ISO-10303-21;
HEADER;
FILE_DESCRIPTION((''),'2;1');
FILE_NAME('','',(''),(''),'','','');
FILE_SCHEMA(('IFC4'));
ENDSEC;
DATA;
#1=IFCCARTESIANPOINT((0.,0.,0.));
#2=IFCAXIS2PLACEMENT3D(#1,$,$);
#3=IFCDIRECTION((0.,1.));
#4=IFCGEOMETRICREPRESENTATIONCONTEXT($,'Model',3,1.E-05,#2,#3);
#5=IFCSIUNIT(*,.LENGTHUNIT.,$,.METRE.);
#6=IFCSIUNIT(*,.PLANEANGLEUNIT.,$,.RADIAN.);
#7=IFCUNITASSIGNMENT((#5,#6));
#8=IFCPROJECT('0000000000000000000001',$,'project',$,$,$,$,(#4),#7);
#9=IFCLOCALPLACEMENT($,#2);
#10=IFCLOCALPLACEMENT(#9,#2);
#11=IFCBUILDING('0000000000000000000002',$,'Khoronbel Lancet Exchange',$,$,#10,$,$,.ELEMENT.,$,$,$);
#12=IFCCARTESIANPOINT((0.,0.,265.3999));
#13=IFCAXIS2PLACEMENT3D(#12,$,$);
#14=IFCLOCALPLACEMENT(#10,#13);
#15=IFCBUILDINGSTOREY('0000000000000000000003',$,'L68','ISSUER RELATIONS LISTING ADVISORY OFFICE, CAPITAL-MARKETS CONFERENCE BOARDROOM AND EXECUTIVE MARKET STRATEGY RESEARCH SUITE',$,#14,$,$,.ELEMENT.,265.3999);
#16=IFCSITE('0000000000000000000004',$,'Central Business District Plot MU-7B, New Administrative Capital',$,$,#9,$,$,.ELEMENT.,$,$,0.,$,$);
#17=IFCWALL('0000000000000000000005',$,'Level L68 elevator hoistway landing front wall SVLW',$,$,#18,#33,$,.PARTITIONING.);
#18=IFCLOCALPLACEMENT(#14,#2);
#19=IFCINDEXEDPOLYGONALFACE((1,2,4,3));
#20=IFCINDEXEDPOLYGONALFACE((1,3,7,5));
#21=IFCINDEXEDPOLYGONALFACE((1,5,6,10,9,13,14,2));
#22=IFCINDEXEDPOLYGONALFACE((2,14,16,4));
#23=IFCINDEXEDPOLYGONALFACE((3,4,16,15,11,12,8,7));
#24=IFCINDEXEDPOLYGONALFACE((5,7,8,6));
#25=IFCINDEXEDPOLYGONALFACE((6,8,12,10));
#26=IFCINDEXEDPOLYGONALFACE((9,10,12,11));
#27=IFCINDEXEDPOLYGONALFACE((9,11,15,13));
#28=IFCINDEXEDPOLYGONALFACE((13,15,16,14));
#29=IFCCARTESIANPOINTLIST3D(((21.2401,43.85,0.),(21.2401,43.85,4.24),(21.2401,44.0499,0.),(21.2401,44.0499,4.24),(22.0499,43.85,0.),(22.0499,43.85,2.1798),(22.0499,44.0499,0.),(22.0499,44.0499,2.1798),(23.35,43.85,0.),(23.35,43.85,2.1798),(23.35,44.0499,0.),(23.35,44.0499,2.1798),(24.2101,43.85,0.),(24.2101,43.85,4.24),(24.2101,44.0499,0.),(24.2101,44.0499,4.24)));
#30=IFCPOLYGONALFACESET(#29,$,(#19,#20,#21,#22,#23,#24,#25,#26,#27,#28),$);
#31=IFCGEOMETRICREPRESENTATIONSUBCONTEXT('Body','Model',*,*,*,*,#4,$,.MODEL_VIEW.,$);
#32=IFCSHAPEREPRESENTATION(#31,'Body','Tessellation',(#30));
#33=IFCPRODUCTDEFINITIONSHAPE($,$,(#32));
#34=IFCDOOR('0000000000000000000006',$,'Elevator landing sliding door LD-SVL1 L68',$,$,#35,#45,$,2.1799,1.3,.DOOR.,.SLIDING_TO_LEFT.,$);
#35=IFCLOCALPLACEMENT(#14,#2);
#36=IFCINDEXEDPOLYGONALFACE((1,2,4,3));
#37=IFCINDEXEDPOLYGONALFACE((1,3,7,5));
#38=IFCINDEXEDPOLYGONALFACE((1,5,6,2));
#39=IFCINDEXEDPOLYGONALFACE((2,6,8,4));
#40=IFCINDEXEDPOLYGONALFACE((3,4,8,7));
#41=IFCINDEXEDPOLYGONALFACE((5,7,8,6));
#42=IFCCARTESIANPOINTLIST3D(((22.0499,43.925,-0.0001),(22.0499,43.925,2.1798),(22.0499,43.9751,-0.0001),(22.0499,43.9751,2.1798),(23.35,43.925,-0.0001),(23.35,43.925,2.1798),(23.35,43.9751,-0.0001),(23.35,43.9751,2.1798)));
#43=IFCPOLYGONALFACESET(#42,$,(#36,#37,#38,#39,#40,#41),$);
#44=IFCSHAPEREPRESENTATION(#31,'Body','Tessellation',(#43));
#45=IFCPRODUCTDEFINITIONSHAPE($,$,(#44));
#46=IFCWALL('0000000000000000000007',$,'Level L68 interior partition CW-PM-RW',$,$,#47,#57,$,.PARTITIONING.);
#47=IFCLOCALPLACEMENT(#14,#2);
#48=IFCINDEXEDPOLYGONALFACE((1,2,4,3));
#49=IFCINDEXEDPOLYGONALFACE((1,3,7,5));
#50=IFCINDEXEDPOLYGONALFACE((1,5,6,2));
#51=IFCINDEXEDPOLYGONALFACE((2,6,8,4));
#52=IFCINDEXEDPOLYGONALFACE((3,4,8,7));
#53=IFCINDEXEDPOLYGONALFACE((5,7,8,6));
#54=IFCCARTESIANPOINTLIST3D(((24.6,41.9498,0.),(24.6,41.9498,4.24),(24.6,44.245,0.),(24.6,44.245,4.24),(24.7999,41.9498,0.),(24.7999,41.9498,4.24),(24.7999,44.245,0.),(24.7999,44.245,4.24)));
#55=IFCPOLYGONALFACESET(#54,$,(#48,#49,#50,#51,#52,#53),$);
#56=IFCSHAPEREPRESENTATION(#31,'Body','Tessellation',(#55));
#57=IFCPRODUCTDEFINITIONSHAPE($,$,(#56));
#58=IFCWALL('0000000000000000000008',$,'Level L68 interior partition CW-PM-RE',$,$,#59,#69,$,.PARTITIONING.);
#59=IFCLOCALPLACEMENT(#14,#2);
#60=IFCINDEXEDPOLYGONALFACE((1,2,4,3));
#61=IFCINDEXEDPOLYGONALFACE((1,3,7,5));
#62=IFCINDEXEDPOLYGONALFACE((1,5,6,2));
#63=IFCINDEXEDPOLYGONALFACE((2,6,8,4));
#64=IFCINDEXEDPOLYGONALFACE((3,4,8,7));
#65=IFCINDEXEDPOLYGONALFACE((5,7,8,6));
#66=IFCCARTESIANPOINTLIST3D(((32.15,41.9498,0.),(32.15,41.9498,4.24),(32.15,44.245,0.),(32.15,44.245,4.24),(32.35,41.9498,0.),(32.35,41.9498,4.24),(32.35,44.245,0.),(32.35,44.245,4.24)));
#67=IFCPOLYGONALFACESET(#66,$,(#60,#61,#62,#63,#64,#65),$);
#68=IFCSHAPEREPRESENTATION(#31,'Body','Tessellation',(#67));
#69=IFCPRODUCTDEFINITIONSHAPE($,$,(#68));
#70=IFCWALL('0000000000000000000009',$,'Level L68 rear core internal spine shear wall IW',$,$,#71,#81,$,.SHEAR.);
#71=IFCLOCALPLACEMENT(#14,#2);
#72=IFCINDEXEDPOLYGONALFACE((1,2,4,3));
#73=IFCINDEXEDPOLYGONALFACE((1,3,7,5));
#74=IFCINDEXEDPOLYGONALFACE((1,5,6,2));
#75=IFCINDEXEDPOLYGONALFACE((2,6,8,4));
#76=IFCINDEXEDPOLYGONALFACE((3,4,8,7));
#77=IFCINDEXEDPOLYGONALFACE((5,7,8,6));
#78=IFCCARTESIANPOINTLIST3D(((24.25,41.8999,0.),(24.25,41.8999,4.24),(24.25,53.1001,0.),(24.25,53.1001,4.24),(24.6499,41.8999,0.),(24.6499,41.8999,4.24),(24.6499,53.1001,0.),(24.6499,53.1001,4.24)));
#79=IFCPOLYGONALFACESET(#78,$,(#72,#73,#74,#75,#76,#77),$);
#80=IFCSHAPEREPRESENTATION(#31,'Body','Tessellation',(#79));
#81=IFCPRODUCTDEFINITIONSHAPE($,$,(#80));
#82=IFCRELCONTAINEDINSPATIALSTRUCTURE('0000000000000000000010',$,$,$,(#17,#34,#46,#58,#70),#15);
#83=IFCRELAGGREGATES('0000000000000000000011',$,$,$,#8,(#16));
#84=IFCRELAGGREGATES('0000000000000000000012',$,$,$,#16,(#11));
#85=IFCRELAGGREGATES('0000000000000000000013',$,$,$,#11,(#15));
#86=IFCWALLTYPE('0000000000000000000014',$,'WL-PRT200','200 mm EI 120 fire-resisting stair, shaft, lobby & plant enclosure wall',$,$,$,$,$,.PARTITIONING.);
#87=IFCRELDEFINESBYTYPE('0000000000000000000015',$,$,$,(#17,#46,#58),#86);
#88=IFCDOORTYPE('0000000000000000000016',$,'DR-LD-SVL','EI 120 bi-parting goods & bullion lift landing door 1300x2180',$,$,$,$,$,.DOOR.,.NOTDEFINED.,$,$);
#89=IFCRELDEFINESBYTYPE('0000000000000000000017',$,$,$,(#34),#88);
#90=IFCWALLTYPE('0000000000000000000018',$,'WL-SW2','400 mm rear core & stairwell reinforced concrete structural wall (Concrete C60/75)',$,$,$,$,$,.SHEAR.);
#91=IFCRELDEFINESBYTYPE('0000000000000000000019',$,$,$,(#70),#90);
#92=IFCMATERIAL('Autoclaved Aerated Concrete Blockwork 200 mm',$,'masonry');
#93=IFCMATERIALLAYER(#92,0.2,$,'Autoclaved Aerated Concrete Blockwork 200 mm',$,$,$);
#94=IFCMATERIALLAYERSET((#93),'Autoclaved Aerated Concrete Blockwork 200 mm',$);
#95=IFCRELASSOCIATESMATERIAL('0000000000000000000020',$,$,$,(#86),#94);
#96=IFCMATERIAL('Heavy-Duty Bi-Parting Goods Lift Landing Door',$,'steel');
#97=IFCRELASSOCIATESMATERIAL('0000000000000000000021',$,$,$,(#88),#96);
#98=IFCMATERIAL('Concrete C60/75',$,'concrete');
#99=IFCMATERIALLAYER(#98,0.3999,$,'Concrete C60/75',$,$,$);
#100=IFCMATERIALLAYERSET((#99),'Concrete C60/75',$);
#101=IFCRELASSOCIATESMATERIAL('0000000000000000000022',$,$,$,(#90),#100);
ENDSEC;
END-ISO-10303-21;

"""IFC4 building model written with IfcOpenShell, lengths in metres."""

from ifc_helpers import new_model, si_unit, direction, frame, frame_2d, origin, place, context, subcontext, project, spatial, rectangle, extrude, material, layer, layer_set, type_object, element, fill, save


model = new_model("IFC4")

# Units and contexts
model_context = context("Model", 3, precision=1e-05, world=origin(), true_north=direction((0.0, 1.0)))
body_context = subcontext(model_context, "Body", "Model", "MODEL_VIEW")
ifc_project = project(units=[si_unit("LENGTHUNIT", "METRE"), si_unit("PLANEANGLEUNIT", "RADIAN")], contexts=[model_context])

# Site, building, storey
site_placement = place(None, origin())
site = spatial("IfcSite", under=ifc_project, at=site_placement, Name="Central Business District Plot MU-7B, New Administrative Capital", CompositionType="ELEMENT", RefElevation=0.0)
building_placement = place(site_placement, origin())
building = spatial("IfcBuilding", under=site, at=building_placement, Name="Khoronbel Lancet Exchange", CompositionType="ELEMENT")
storey_placement = place(building_placement, frame((0.0, 0.0, 265.3999)))
storey = spatial("IfcBuildingStorey", under=building, at=storey_placement, Name="L68", Description="ISSUER RELATIONS LISTING ADVISORY OFFICE, CAPITAL-MARKETS CONFERENCE BOARDROOM AND EXECUTIVE MARKET STRATEGY RESEARCH SUITE", CompositionType="ELEMENT", Elevation=265.3999)

# Shared definitions
ifc_material_1 = material(Name="Concrete C60/75", Category="concrete")

# Wall, opening, door
ifc_material_2 = material(Name="Autoclaved Aerated Concrete Blockwork 200 mm", Category="masonry")
ifc_layer_1 = layer(ifc_material_2, 0.2, Name="Autoclaved Aerated Concrete Blockwork 200 mm")
ifc_layer_set_1 = layer_set([ifc_layer_1], Name="Autoclaved Aerated Concrete Blockwork 200 mm")
wall_type_1 = type_object("IfcWallType", Name="WL-PRT200", Description="200 mm EI 120 fire-resisting stair, shaft, lobby & plant enclosure wall", PredefinedType="PARTITIONING", material=ifc_layer_set_1)
wall_1_placement = place(storey_placement, frame((24.21, 43.95, 0.0), z_axis=(0.0, 0.0, 1.0), x_axis=(-1.0, 0.0, 0.0)))
wall_1 = element("IfcWall", 1, at=wall_1_placement, inside=storey, type_object=wall_type_1, Name="Level L68 elevator hoistway landing front wall SVLW", PredefinedType="PARTITIONING", context=body_context, shape_type="SweptSolid", body=[
    extrude(rectangle(XDim=2.97, YDim=0.2, at=frame_2d((1.4849, 0.0))), origin(), (0.0, 0.0, 1.0), 4.24),
])
opening_1_placement = place(wall_1_placement, frame((0.8601, 0.0, 0.0)))
opening_1 = element("IfcOpeningElement", 2, at=opening_1_placement, cuts=wall_1, PredefinedType="OPENING", context=body_context, shape_type="SweptSolid", body=[
    extrude(rectangle(XDim=1.3, YDim=2.1799, at=frame_2d((0.6499, 1.0898))), frame((0.0, 0.1099, 0.0), z_axis=(0.0, -1.0, 0.0), x_axis=(1.0, 0.0, 0.0)), (0.0, 0.0, 1.0), 0.22),
])
ifc_material_3 = material(Name="Heavy-Duty Bi-Parting Goods Lift Landing Door", Category="steel")
door_type_1 = type_object("IfcDoorType", Name="DR-LD-SVL", Description="EI 120 bi-parting goods & bullion lift landing door 1300x2180", OperationType="NOTDEFINED", PredefinedType="DOOR", material=ifc_material_3)
door_1_placement = place(opening_1_placement, origin())
door_1 = element("IfcDoor", 3, at=door_1_placement, inside=storey, type_object=door_type_1, Name="Elevator landing sliding door LD-SVL1 L68", OperationType="SLIDING_TO_LEFT", OverallHeight=2.1799, OverallWidth=1.3, PredefinedType="DOOR", context=body_context, shape_type="SweptSolid", body=[
    extrude(rectangle(XDim=1.3, YDim=2.1799, at=frame_2d((0.6499, 1.0898))), frame((0.0, 0.0249, 0.0), z_axis=(0.0, -1.0, 0.0), x_axis=(1.0, 0.0, 0.0)), (0.0, 0.0, 1.0), 0.05),
])
fill(opening_1, door_1)

# Walls
for number, where, z_axis, x_axis, name in (
    (4, (24.7, 41.95, 0.0), (0.0, 0.0, 1.0), (0.0, 1.0, 0.0), "Level L68 interior partition CW-PM-RW"),
    (5, (32.25, 41.95, 0.0), (0.0, 0.0, 1.0), (0.0, 1.0, 0.0), "Level L68 interior partition CW-PM-RE"),
):
    element("IfcWall", number, at=place(storey_placement, frame(where, z_axis=z_axis, x_axis=x_axis)), inside=storey, type_object=wall_type_1, Name=name, PredefinedType="PARTITIONING", context=body_context, shape_type="SweptSolid", body=[
        extrude(rectangle(XDim=2.2952, YDim=0.2, at=frame_2d((1.1475, 0.0))), origin(), (0.0, 0.0, 1.0), 4.24),
    ])
ifc_layer_2 = layer(ifc_material_1, 0.3999, Name="Concrete C60/75")
ifc_layer_set_2 = layer_set([ifc_layer_2], Name="Concrete C60/75")
wall_type_2 = type_object("IfcWallType", Name="WL-SW2", Description="400 mm rear core & stairwell reinforced concrete structural wall (Concrete C60/75)", PredefinedType="SHEAR", material=ifc_layer_set_2)
wall_2_placement = place(storey_placement, frame((24.45, 41.8999, 0.0), z_axis=(0.0, 0.0, 1.0), x_axis=(0.0, 1.0, 0.0)))
element("IfcWall", 6, at=wall_2_placement, inside=storey, type_object=wall_type_2, Name="Level L68 rear core internal spine shear wall IW", PredefinedType="SHEAR", context=body_context, shape_type="SweptSolid", body=[
    extrude(rectangle(XDim=11.2002, YDim=0.3999, at=frame_2d((5.6001, 0.0))), origin(), (0.0, 0.0, 1.0), 4.24),
])

save(model, "model.ifc")
